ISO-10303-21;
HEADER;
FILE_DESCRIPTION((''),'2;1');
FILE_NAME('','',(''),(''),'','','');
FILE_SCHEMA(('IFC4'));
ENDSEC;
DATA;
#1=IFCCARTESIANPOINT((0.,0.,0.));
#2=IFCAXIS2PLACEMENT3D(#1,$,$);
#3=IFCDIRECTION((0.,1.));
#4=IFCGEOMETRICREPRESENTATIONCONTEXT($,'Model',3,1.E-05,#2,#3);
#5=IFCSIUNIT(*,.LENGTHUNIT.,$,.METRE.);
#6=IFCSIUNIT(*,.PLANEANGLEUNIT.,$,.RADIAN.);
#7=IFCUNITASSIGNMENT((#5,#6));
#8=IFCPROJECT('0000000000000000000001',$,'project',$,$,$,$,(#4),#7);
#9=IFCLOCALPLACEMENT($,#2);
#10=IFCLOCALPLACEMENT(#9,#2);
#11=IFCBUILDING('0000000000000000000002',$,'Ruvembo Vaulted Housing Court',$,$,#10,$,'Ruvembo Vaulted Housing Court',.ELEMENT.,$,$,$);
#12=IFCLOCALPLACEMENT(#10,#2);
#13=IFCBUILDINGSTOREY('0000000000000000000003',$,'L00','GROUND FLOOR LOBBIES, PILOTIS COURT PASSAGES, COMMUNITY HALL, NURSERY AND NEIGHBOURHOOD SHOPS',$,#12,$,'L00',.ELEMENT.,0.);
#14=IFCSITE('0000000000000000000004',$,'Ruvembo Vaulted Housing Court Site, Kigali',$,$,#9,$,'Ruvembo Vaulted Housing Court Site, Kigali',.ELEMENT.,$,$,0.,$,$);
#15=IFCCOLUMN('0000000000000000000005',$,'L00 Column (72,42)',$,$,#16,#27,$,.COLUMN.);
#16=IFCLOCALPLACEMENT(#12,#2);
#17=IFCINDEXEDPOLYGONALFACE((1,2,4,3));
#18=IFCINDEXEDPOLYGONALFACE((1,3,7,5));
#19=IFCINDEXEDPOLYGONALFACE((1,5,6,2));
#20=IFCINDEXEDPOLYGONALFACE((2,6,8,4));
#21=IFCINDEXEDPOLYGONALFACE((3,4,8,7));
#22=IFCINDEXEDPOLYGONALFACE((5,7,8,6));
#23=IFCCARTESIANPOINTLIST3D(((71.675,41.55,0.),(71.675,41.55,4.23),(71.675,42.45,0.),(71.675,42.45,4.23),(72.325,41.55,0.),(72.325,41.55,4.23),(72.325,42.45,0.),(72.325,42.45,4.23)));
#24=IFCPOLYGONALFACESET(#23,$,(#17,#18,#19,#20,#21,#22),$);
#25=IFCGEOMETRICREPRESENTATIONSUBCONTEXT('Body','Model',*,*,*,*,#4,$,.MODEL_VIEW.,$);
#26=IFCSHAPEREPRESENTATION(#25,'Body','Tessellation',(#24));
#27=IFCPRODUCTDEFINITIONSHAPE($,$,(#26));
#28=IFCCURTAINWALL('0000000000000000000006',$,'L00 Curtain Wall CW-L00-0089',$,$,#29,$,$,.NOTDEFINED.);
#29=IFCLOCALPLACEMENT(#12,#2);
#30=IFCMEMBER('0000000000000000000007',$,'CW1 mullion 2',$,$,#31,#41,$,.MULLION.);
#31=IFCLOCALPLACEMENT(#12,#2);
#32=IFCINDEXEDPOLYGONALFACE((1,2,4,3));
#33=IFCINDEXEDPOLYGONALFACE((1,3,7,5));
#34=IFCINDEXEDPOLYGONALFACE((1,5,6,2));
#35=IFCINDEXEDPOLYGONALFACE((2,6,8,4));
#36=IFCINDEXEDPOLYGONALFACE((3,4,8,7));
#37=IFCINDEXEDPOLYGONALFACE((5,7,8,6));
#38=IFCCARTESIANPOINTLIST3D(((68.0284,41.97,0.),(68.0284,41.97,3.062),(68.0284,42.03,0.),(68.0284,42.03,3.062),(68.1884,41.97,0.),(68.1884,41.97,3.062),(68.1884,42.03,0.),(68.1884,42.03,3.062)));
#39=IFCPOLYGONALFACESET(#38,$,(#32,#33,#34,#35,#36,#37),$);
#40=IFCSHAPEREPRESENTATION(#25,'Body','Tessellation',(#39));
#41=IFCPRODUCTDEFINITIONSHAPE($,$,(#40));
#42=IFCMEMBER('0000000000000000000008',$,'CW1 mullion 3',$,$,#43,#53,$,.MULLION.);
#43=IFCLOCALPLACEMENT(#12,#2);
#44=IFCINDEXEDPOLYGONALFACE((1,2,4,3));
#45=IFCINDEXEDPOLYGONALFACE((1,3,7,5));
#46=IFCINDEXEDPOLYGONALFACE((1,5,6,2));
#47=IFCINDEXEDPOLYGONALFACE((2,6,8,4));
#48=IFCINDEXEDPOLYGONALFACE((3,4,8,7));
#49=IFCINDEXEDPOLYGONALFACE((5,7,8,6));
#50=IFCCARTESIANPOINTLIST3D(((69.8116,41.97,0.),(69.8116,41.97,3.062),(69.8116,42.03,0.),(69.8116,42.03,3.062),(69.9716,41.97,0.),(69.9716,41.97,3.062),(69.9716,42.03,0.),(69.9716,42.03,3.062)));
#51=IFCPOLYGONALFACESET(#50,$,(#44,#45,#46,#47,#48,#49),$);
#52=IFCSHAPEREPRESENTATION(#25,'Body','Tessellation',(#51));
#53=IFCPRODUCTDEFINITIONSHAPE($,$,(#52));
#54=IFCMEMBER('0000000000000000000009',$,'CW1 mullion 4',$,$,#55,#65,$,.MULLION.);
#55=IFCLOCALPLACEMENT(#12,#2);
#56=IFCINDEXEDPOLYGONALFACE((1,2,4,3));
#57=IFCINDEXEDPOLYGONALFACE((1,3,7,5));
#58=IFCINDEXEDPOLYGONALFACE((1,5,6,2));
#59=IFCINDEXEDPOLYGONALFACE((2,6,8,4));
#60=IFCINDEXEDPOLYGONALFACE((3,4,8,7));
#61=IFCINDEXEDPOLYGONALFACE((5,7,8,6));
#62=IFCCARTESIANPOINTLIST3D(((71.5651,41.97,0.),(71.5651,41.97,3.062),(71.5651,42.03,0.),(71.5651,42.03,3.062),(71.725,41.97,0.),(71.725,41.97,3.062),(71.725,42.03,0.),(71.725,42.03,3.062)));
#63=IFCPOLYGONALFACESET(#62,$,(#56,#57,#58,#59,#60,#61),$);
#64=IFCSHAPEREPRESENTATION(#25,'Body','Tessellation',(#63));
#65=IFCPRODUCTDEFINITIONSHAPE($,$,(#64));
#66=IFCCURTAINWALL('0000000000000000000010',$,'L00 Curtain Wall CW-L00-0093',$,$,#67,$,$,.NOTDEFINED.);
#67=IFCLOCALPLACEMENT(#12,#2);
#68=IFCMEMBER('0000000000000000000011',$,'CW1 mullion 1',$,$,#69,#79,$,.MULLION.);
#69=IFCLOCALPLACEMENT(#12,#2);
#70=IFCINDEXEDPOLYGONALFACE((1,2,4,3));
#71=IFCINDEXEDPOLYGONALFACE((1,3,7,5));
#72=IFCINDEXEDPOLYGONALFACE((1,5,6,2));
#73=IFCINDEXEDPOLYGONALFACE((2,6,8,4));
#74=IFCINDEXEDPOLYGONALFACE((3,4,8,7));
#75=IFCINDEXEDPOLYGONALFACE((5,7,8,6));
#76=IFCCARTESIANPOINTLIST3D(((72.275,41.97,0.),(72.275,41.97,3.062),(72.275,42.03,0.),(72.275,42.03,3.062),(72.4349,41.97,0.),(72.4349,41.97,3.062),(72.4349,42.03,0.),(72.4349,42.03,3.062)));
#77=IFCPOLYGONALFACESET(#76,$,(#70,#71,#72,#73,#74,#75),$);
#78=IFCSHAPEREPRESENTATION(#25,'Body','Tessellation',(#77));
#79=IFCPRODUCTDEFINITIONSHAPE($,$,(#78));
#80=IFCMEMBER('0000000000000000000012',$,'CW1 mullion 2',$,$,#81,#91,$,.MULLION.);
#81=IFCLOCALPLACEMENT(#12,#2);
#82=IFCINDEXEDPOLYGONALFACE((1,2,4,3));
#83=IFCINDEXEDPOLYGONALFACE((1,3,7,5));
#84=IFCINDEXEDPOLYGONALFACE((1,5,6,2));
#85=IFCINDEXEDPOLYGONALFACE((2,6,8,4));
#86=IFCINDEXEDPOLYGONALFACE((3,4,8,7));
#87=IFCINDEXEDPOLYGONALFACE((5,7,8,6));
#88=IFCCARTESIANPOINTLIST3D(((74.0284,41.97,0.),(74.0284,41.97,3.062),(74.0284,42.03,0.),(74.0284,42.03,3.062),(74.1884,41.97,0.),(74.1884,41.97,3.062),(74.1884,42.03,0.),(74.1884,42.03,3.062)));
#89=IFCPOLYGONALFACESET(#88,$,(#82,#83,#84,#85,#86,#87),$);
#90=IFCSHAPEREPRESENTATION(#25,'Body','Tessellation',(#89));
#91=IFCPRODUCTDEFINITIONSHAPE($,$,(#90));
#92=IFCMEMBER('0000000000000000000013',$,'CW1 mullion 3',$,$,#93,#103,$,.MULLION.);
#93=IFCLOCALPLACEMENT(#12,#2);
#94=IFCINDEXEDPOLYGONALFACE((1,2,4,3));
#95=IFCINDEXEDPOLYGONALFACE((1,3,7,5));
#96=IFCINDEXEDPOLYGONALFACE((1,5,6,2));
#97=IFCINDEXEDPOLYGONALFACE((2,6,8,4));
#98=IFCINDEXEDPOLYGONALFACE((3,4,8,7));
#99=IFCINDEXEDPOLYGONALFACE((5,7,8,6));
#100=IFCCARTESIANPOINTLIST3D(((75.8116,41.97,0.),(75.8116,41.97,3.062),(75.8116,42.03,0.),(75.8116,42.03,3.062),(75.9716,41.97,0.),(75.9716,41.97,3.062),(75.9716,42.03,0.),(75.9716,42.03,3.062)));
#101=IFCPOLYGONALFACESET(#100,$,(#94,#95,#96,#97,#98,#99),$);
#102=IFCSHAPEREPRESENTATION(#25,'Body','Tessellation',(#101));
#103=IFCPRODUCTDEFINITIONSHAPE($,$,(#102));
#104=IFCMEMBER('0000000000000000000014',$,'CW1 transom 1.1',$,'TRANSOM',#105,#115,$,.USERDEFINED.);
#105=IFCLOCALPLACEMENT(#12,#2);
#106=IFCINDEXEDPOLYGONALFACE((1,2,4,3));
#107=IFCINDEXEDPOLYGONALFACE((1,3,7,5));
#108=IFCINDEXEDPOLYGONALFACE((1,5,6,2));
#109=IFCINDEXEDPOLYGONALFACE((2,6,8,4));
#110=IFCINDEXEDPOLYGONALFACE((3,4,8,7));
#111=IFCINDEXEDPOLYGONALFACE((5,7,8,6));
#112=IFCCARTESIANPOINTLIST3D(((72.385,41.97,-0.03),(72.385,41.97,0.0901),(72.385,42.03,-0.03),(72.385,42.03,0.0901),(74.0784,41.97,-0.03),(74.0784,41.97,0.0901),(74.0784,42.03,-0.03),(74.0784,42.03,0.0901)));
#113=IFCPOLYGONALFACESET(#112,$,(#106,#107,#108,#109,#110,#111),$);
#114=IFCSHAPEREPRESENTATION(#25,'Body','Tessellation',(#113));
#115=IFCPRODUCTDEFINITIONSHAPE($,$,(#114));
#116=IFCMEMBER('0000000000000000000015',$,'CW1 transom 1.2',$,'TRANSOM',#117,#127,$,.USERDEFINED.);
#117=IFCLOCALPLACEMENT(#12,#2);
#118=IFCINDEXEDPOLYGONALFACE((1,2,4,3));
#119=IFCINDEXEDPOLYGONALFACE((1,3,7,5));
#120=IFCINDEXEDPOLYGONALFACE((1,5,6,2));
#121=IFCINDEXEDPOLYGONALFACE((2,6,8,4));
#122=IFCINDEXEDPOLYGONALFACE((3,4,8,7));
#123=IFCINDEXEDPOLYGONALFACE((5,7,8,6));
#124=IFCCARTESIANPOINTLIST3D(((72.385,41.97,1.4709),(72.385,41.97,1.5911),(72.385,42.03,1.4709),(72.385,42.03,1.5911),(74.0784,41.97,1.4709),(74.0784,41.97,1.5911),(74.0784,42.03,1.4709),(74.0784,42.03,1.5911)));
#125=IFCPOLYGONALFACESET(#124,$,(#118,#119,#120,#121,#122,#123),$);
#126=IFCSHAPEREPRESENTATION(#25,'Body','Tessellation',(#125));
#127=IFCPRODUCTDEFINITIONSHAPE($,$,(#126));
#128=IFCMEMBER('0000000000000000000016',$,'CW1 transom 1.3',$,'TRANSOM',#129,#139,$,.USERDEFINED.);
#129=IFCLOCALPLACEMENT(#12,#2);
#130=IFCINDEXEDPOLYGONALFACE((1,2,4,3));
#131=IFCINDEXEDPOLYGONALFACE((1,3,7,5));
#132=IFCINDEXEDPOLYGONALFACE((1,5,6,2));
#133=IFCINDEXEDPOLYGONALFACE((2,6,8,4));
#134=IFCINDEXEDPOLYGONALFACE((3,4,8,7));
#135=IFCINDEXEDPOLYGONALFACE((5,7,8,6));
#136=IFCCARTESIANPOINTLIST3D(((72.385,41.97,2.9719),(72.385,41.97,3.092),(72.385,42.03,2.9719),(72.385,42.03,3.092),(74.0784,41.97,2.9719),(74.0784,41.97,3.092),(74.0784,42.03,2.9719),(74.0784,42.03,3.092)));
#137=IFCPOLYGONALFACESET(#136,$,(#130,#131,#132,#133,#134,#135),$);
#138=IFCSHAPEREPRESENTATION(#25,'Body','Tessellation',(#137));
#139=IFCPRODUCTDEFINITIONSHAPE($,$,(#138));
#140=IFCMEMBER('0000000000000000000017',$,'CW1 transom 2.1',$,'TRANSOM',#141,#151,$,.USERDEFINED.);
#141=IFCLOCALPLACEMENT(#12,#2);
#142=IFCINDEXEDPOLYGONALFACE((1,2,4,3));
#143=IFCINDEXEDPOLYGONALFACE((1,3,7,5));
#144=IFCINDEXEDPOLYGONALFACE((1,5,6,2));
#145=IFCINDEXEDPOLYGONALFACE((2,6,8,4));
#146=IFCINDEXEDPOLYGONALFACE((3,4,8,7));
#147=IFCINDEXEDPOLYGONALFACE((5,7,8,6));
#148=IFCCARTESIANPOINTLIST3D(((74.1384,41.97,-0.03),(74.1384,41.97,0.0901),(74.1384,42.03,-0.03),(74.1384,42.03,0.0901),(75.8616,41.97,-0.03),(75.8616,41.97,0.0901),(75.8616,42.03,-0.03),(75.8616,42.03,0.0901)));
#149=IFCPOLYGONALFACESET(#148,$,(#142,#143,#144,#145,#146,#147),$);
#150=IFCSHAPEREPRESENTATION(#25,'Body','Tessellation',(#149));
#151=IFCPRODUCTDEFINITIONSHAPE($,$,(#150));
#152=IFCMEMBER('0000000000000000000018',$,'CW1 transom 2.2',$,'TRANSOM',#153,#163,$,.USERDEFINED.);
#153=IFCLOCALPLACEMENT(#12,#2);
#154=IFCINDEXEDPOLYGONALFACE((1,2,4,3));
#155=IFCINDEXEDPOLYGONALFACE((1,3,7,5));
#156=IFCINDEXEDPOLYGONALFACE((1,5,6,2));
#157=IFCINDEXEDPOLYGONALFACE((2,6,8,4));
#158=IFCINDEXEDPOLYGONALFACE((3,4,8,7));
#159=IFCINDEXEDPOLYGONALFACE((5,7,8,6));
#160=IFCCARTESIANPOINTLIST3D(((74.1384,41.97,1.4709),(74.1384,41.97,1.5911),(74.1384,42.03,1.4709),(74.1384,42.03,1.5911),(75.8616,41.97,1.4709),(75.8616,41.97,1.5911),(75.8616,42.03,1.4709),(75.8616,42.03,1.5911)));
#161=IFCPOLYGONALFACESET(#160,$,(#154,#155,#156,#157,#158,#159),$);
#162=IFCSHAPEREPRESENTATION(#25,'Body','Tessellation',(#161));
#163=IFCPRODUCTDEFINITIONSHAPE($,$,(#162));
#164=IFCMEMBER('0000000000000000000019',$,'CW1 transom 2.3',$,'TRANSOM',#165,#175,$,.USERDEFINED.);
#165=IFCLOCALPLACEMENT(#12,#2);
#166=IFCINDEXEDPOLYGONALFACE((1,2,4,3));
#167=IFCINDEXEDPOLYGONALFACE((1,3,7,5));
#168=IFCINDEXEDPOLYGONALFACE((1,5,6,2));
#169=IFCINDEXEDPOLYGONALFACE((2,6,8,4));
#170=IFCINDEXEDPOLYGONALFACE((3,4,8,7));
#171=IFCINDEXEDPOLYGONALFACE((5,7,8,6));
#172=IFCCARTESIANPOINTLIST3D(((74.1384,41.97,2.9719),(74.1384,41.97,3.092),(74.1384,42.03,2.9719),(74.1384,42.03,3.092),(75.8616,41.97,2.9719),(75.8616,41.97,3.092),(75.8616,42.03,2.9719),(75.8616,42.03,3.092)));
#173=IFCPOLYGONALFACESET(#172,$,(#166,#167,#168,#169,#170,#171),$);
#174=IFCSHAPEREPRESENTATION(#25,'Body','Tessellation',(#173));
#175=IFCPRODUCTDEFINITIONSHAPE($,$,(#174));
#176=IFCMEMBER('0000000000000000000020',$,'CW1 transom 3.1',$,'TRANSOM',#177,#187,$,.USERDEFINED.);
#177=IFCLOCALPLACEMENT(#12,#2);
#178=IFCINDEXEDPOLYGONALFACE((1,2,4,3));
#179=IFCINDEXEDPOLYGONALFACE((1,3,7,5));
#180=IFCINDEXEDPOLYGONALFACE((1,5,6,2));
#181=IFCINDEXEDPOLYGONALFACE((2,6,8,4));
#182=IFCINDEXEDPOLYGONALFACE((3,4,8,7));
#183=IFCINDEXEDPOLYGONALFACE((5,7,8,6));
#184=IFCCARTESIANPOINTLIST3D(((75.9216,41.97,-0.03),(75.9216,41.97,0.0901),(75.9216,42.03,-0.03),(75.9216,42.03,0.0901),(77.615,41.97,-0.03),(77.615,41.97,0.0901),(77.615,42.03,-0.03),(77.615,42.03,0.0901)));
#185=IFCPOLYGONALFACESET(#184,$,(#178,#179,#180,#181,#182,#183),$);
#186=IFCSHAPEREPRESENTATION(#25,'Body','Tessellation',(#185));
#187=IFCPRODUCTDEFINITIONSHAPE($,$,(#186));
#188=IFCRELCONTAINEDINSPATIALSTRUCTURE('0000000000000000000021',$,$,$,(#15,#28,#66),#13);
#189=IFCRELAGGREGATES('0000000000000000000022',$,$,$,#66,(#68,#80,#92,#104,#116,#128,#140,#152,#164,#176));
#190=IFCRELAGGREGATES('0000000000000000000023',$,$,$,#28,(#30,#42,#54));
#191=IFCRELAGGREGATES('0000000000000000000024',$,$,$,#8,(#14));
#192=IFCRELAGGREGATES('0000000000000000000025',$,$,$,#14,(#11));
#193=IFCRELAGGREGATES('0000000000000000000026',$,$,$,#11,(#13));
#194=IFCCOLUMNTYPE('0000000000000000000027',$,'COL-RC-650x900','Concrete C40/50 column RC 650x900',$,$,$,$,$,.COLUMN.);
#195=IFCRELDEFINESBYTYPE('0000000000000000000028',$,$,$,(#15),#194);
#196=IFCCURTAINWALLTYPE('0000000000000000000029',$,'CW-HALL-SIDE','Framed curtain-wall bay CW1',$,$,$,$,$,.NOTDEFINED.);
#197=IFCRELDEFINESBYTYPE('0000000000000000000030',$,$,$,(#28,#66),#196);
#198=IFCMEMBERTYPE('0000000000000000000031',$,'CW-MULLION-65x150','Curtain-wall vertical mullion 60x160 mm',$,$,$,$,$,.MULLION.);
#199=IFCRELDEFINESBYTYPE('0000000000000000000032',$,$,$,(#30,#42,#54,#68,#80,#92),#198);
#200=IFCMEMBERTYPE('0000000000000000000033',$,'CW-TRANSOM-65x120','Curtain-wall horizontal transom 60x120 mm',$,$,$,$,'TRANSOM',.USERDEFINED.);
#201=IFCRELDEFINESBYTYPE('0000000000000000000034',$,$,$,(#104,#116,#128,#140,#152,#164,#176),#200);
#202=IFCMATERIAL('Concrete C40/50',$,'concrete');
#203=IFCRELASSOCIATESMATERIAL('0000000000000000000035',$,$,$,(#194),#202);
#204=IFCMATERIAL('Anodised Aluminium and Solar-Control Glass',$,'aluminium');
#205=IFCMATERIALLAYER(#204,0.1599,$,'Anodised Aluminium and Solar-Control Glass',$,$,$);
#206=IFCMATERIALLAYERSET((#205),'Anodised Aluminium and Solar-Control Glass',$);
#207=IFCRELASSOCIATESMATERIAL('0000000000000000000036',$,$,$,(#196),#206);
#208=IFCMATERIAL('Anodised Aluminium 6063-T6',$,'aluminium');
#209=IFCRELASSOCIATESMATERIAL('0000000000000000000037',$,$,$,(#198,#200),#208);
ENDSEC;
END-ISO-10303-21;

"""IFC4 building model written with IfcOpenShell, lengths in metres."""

from ifc_helpers import new_model, si_unit, direction, frame, origin, origin_2d, place, context, subcontext, project, spatial, rectangle, extrude, material, layer, layer_set, material_profile, profile_set, type_object, element, aggregate, save


model = new_model("IFC4")

# Units and contexts
model_context = context("Model", 3, precision=1e-05, world=origin(), true_north=direction((0.0, 1.0)))
body_context = subcontext(model_context, "Body", "Model", "MODEL_VIEW")
ifc_project = project(units=[si_unit("LENGTHUNIT", "METRE"), si_unit("PLANEANGLEUNIT", "RADIAN")], contexts=[model_context])

# Site, building, storey
site_placement = place(None, origin())
site = spatial("IfcSite", under=ifc_project, at=site_placement, Name="Ruvembo Vaulted Housing Court Site, Kigali", LongName="Ruvembo Vaulted Housing Court Site, Kigali", CompositionType="ELEMENT", RefElevation=0.0)
building_placement = place(site_placement, origin())
building = spatial("IfcBuilding", under=site, at=building_placement, Name="Ruvembo Vaulted Housing Court", LongName="Ruvembo Vaulted Housing Court", CompositionType="ELEMENT")
storey_placement = place(building_placement, origin())
storey = spatial("IfcBuildingStorey", under=building, at=storey_placement, Name="L00", Description="GROUND FLOOR LOBBIES, PILOTIS COURT PASSAGES, COMMUNITY HALL, NURSERY AND NEIGHBOURHOOD SHOPS", LongName="L00", CompositionType="ELEMENT", Elevation=0.0)

# Column
ifc_material_1 = material(Name="Concrete C40/50", Category="concrete")
ifc_material_profile_1 = material_profile(ifc_material_1, rectangle(XDim=0.6499, YDim=0.8999, at=origin_2d()), Name="RC 650x900")
ifc_profile_set_1 = profile_set([ifc_material_profile_1], Name="Concrete C40/50")
column_type = type_object("IfcColumnType", Name="COL-RC-650x900", Description="Concrete C40/50 column RC 650x900", PredefinedType="COLUMN", material=ifc_profile_set_1)
column_placement = place(storey_placement, frame((72.0, 42.0, 0.0), z_axis=(0.0, 0.0, 1.0), x_axis=(1.0, 0.0, 0.0)))
element("IfcColumn", 1, at=column_placement, inside=storey, type_object=column_type, Name="L00 Column (72,42)", PredefinedType="COLUMN", context=body_context, shape_type="SweptSolid", body=[
    extrude(rectangle(XDim=0.6499, YDim=0.8999, at=origin_2d()), origin(), (0.0, 0.0, 1.0), 4.23),
])

# Curtain walls, members
ifc_material_2 = material(Name="Anodised Aluminium and Solar-Control Glass", Category="aluminium")
ifc_layer_1 = layer(ifc_material_2, 0.1599, Name="Anodised Aluminium and Solar-Control Glass")
ifc_layer_set_1 = layer_set([ifc_layer_1], Name="Anodised Aluminium and Solar-Control Glass")
curtain_wall_type = type_object("IfcCurtainWallType", Name="CW-HALL-SIDE", Description="Framed curtain-wall bay CW1", PredefinedType="NOTDEFINED", material=ifc_layer_set_1)
curtain_wall_1_placement = place(storey_placement, origin())
curtain_wall_1 = element("IfcCurtainWall", 2, at=curtain_wall_1_placement, inside=storey, type_object=curtain_wall_type, Name="L00 Curtain Wall CW-L00-0089", PredefinedType="NOTDEFINED")
ifc_material_3 = material(Name="Anodised Aluminium 6063-T6", Category="aluminium")
ifc_material_profile_2 = material_profile(ifc_material_3, rectangle(XDim=0.0601, YDim=0.1599, at=origin_2d()), Name="ALU 60x160")
ifc_profile_set_2 = profile_set([ifc_material_profile_2], Name="Anodised Aluminium 6063-T6")
member_type_1 = type_object("IfcMemberType", Name="CW-MULLION-65x150", Description="Curtain-wall vertical mullion 60x160 mm", PredefinedType="MULLION", material=ifc_profile_set_2)
member_1_placement = place(storey_placement, frame((68.1084, 42.0, 0.0), z_axis=(0.0, 0.0, 1.0), x_axis=(0.0, 1.0, 0.0)))
member_1 = element("IfcMember", 3, at=member_1_placement, type_object=member_type_1, Name="CW1 mullion 2", PredefinedType="MULLION", context=body_context, shape_type="SweptSolid", body=[
    extrude(rectangle(XDim=0.0601, YDim=0.1599, at=origin_2d()), origin(), (0.0, 0.0, 1.0), 3.062),
])
member_2_placement = place(storey_placement, frame((69.8916, 42.0, 0.0), z_axis=(0.0, 0.0, 1.0), x_axis=(0.0, 1.0, 0.0)))
member_2 = element("IfcMember", 4, at=member_2_placement, type_object=member_type_1, Name="CW1 mullion 3", PredefinedType="MULLION", context=body_context, shape_type="SweptSolid", body=[
    extrude(rectangle(XDim=0.0601, YDim=0.1599, at=origin_2d()), origin(), (0.0, 0.0, 1.0), 3.062),
])
member_3_placement = place(storey_placement, frame((71.645, 42.0, 0.0), z_axis=(0.0, 0.0, 1.0), x_axis=(0.0, 1.0, 0.0)))
member_3 = element("IfcMember", 5, at=member_3_placement, type_object=member_type_1, Name="CW1 mullion 4", PredefinedType="MULLION", context=body_context, shape_type="SweptSolid", body=[
    extrude(rectangle(XDim=0.0601, YDim=0.1599, at=origin_2d()), origin(), (0.0, 0.0, 1.0), 3.062),
])
curtain_wall_2_placement = place(storey_placement, origin())
curtain_wall_2 = element("IfcCurtainWall", 6, at=curtain_wall_2_placement, inside=storey, type_object=curtain_wall_type, Name="L00 Curtain Wall CW-L00-0093", PredefinedType="NOTDEFINED")
member_4_placement = place(storey_placement, frame((72.355, 42.0, 0.0), z_axis=(0.0, 0.0, 1.0), x_axis=(0.0, 1.0, 0.0)))
member_4 = element("IfcMember", 7, at=member_4_placement, type_object=member_type_1, Name="CW1 mullion 1", PredefinedType="MULLION", context=body_context, shape_type="SweptSolid", body=[
    extrude(rectangle(XDim=0.0601, YDim=0.1599, at=origin_2d()), origin(), (0.0, 0.0, 1.0), 3.062),
])
member_5_placement = place(storey_placement, frame((74.1084, 42.0, 0.0), z_axis=(0.0, 0.0, 1.0), x_axis=(0.0, 1.0, 0.0)))
member_5 = element("IfcMember", 8, at=member_5_placement, type_object=member_type_1, Name="CW1 mullion 2", PredefinedType="MULLION", context=body_context, shape_type="SweptSolid", body=[
    extrude(rectangle(XDim=0.0601, YDim=0.1599, at=origin_2d()), origin(), (0.0, 0.0, 1.0), 3.062),
])
member_6_placement = place(storey_placement, frame((75.8916, 42.0, 0.0), z_axis=(0.0, 0.0, 1.0), x_axis=(0.0, 1.0, 0.0)))
member_6 = element("IfcMember", 9, at=member_6_placement, type_object=member_type_1, Name="CW1 mullion 3", PredefinedType="MULLION", context=body_context, shape_type="SweptSolid", body=[
    extrude(rectangle(XDim=0.0601, YDim=0.1599, at=origin_2d()), origin(), (0.0, 0.0, 1.0), 3.062),
])
ifc_material_profile_3 = material_profile(ifc_material_3, rectangle(XDim=0.0601, YDim=0.1201, at=origin_2d()), Name="ALU 60x120")
ifc_profile_set_3 = profile_set([ifc_material_profile_3], Name="Anodised Aluminium 6063-T6")
member_type_2 = type_object("IfcMemberType", Name="CW-TRANSOM-65x120", Description="Curtain-wall horizontal transom 60x120 mm", ElementType="TRANSOM", PredefinedType="USERDEFINED", material=ifc_profile_set_3)
member_7_placement = place(storey_placement, frame((72.385, 42.0, 0.03), z_axis=(1.0, 0.0, 0.0), x_axis=(0.0, 1.0, 0.0)))
member_7 = element("IfcMember", 10, at=member_7_placement, type_object=member_type_2, Name="CW1 transom 1.1", ObjectType="TRANSOM", PredefinedType="USERDEFINED", context=body_context, shape_type="SweptSolid", body=[
    extrude(rectangle(XDim=0.0601, YDim=0.1201, at=origin_2d()), origin(), (0.0, 0.0, 1.0), 1.6934),
])
member_8_placement = place(storey_placement, frame((72.385, 42.0, 1.531), z_axis=(1.0, 0.0, 0.0), x_axis=(0.0, 1.0, 0.0)))
member_8 = element("IfcMember", 11, at=member_8_placement, type_object=member_type_2, Name="CW1 transom 1.2", ObjectType="TRANSOM", PredefinedType="USERDEFINED", context=body_context, shape_type="SweptSolid", body=[
    extrude(rectangle(XDim=0.0601, YDim=0.1201, at=origin_2d()), origin(), (0.0, 0.0, 1.0), 1.6934),
])
member_9_placement = place(storey_placement, frame((72.385, 42.0, 3.032), z_axis=(1.0, 0.0, 0.0), x_axis=(0.0, 1.0, 0.0)))
member_9 = element("IfcMember", 12, at=member_9_placement, type_object=member_type_2, Name="CW1 transom 1.3", ObjectType="TRANSOM", PredefinedType="USERDEFINED", context=body_context, shape_type="SweptSolid", body=[
    extrude(rectangle(XDim=0.0601, YDim=0.1201, at=origin_2d()), origin(), (0.0, 0.0, 1.0), 1.6934),
])
member_10_placement = place(storey_placement, frame((74.1384, 42.0, 0.03), z_axis=(1.0, 0.0, 0.0), x_axis=(0.0, 1.0, 0.0)))
member_10 = element("IfcMember", 13, at=member_10_placement, type_object=member_type_2, Name="CW1 transom 2.1", ObjectType="TRANSOM", PredefinedType="USERDEFINED", context=body_context, shape_type="SweptSolid", body=[
    extrude(rectangle(XDim=0.0601, YDim=0.1201, at=origin_2d()), origin(), (0.0, 0.0, 1.0), 1.7231),
])
member_11_placement = place(storey_placement, frame((74.1384, 42.0, 1.531), z_axis=(1.0, 0.0, 0.0), x_axis=(0.0, 1.0, 0.0)))
member_11 = element("IfcMember", 14, at=member_11_placement, type_object=member_type_2, Name="CW1 transom 2.2", ObjectType="TRANSOM", PredefinedType="USERDEFINED", context=body_context, shape_type="SweptSolid", body=[
    extrude(rectangle(XDim=0.0601, YDim=0.1201, at=origin_2d()), origin(), (0.0, 0.0, 1.0), 1.7231),
])
member_12_placement = place(storey_placement, frame((74.1384, 42.0, 3.032), z_axis=(1.0, 0.0, 0.0), x_axis=(0.0, 1.0, 0.0)))
member_12 = element("IfcMember", 15, at=member_12_placement, type_object=member_type_2, Name="CW1 transom 2.3", ObjectType="TRANSOM", PredefinedType="USERDEFINED", context=body_context, shape_type="SweptSolid", body=[
    extrude(rectangle(XDim=0.0601, YDim=0.1201, at=origin_2d()), origin(), (0.0, 0.0, 1.0), 1.7231),
])
member_13_placement = place(storey_placement, frame((75.9216, 42.0, 0.03), z_axis=(1.0, 0.0, 0.0), x_axis=(0.0, 1.0, 0.0)))
member_13 = element("IfcMember", 16, at=member_13_placement, type_object=member_type_2, Name="CW1 transom 3.1", ObjectType="TRANSOM", PredefinedType="USERDEFINED", context=body_context, shape_type="SweptSolid", body=[
    extrude(rectangle(XDim=0.0601, YDim=0.1201, at=origin_2d()), origin(), (0.0, 0.0, 1.0), 1.6934),
])

aggregate(curtain_wall_2, [member_4, member_5, member_6, member_7, member_8, member_9, member_10, member_11, member_12, member_13])
aggregate(curtain_wall_1, [member_1, member_2, member_3])

save(model, "model.ifc")
